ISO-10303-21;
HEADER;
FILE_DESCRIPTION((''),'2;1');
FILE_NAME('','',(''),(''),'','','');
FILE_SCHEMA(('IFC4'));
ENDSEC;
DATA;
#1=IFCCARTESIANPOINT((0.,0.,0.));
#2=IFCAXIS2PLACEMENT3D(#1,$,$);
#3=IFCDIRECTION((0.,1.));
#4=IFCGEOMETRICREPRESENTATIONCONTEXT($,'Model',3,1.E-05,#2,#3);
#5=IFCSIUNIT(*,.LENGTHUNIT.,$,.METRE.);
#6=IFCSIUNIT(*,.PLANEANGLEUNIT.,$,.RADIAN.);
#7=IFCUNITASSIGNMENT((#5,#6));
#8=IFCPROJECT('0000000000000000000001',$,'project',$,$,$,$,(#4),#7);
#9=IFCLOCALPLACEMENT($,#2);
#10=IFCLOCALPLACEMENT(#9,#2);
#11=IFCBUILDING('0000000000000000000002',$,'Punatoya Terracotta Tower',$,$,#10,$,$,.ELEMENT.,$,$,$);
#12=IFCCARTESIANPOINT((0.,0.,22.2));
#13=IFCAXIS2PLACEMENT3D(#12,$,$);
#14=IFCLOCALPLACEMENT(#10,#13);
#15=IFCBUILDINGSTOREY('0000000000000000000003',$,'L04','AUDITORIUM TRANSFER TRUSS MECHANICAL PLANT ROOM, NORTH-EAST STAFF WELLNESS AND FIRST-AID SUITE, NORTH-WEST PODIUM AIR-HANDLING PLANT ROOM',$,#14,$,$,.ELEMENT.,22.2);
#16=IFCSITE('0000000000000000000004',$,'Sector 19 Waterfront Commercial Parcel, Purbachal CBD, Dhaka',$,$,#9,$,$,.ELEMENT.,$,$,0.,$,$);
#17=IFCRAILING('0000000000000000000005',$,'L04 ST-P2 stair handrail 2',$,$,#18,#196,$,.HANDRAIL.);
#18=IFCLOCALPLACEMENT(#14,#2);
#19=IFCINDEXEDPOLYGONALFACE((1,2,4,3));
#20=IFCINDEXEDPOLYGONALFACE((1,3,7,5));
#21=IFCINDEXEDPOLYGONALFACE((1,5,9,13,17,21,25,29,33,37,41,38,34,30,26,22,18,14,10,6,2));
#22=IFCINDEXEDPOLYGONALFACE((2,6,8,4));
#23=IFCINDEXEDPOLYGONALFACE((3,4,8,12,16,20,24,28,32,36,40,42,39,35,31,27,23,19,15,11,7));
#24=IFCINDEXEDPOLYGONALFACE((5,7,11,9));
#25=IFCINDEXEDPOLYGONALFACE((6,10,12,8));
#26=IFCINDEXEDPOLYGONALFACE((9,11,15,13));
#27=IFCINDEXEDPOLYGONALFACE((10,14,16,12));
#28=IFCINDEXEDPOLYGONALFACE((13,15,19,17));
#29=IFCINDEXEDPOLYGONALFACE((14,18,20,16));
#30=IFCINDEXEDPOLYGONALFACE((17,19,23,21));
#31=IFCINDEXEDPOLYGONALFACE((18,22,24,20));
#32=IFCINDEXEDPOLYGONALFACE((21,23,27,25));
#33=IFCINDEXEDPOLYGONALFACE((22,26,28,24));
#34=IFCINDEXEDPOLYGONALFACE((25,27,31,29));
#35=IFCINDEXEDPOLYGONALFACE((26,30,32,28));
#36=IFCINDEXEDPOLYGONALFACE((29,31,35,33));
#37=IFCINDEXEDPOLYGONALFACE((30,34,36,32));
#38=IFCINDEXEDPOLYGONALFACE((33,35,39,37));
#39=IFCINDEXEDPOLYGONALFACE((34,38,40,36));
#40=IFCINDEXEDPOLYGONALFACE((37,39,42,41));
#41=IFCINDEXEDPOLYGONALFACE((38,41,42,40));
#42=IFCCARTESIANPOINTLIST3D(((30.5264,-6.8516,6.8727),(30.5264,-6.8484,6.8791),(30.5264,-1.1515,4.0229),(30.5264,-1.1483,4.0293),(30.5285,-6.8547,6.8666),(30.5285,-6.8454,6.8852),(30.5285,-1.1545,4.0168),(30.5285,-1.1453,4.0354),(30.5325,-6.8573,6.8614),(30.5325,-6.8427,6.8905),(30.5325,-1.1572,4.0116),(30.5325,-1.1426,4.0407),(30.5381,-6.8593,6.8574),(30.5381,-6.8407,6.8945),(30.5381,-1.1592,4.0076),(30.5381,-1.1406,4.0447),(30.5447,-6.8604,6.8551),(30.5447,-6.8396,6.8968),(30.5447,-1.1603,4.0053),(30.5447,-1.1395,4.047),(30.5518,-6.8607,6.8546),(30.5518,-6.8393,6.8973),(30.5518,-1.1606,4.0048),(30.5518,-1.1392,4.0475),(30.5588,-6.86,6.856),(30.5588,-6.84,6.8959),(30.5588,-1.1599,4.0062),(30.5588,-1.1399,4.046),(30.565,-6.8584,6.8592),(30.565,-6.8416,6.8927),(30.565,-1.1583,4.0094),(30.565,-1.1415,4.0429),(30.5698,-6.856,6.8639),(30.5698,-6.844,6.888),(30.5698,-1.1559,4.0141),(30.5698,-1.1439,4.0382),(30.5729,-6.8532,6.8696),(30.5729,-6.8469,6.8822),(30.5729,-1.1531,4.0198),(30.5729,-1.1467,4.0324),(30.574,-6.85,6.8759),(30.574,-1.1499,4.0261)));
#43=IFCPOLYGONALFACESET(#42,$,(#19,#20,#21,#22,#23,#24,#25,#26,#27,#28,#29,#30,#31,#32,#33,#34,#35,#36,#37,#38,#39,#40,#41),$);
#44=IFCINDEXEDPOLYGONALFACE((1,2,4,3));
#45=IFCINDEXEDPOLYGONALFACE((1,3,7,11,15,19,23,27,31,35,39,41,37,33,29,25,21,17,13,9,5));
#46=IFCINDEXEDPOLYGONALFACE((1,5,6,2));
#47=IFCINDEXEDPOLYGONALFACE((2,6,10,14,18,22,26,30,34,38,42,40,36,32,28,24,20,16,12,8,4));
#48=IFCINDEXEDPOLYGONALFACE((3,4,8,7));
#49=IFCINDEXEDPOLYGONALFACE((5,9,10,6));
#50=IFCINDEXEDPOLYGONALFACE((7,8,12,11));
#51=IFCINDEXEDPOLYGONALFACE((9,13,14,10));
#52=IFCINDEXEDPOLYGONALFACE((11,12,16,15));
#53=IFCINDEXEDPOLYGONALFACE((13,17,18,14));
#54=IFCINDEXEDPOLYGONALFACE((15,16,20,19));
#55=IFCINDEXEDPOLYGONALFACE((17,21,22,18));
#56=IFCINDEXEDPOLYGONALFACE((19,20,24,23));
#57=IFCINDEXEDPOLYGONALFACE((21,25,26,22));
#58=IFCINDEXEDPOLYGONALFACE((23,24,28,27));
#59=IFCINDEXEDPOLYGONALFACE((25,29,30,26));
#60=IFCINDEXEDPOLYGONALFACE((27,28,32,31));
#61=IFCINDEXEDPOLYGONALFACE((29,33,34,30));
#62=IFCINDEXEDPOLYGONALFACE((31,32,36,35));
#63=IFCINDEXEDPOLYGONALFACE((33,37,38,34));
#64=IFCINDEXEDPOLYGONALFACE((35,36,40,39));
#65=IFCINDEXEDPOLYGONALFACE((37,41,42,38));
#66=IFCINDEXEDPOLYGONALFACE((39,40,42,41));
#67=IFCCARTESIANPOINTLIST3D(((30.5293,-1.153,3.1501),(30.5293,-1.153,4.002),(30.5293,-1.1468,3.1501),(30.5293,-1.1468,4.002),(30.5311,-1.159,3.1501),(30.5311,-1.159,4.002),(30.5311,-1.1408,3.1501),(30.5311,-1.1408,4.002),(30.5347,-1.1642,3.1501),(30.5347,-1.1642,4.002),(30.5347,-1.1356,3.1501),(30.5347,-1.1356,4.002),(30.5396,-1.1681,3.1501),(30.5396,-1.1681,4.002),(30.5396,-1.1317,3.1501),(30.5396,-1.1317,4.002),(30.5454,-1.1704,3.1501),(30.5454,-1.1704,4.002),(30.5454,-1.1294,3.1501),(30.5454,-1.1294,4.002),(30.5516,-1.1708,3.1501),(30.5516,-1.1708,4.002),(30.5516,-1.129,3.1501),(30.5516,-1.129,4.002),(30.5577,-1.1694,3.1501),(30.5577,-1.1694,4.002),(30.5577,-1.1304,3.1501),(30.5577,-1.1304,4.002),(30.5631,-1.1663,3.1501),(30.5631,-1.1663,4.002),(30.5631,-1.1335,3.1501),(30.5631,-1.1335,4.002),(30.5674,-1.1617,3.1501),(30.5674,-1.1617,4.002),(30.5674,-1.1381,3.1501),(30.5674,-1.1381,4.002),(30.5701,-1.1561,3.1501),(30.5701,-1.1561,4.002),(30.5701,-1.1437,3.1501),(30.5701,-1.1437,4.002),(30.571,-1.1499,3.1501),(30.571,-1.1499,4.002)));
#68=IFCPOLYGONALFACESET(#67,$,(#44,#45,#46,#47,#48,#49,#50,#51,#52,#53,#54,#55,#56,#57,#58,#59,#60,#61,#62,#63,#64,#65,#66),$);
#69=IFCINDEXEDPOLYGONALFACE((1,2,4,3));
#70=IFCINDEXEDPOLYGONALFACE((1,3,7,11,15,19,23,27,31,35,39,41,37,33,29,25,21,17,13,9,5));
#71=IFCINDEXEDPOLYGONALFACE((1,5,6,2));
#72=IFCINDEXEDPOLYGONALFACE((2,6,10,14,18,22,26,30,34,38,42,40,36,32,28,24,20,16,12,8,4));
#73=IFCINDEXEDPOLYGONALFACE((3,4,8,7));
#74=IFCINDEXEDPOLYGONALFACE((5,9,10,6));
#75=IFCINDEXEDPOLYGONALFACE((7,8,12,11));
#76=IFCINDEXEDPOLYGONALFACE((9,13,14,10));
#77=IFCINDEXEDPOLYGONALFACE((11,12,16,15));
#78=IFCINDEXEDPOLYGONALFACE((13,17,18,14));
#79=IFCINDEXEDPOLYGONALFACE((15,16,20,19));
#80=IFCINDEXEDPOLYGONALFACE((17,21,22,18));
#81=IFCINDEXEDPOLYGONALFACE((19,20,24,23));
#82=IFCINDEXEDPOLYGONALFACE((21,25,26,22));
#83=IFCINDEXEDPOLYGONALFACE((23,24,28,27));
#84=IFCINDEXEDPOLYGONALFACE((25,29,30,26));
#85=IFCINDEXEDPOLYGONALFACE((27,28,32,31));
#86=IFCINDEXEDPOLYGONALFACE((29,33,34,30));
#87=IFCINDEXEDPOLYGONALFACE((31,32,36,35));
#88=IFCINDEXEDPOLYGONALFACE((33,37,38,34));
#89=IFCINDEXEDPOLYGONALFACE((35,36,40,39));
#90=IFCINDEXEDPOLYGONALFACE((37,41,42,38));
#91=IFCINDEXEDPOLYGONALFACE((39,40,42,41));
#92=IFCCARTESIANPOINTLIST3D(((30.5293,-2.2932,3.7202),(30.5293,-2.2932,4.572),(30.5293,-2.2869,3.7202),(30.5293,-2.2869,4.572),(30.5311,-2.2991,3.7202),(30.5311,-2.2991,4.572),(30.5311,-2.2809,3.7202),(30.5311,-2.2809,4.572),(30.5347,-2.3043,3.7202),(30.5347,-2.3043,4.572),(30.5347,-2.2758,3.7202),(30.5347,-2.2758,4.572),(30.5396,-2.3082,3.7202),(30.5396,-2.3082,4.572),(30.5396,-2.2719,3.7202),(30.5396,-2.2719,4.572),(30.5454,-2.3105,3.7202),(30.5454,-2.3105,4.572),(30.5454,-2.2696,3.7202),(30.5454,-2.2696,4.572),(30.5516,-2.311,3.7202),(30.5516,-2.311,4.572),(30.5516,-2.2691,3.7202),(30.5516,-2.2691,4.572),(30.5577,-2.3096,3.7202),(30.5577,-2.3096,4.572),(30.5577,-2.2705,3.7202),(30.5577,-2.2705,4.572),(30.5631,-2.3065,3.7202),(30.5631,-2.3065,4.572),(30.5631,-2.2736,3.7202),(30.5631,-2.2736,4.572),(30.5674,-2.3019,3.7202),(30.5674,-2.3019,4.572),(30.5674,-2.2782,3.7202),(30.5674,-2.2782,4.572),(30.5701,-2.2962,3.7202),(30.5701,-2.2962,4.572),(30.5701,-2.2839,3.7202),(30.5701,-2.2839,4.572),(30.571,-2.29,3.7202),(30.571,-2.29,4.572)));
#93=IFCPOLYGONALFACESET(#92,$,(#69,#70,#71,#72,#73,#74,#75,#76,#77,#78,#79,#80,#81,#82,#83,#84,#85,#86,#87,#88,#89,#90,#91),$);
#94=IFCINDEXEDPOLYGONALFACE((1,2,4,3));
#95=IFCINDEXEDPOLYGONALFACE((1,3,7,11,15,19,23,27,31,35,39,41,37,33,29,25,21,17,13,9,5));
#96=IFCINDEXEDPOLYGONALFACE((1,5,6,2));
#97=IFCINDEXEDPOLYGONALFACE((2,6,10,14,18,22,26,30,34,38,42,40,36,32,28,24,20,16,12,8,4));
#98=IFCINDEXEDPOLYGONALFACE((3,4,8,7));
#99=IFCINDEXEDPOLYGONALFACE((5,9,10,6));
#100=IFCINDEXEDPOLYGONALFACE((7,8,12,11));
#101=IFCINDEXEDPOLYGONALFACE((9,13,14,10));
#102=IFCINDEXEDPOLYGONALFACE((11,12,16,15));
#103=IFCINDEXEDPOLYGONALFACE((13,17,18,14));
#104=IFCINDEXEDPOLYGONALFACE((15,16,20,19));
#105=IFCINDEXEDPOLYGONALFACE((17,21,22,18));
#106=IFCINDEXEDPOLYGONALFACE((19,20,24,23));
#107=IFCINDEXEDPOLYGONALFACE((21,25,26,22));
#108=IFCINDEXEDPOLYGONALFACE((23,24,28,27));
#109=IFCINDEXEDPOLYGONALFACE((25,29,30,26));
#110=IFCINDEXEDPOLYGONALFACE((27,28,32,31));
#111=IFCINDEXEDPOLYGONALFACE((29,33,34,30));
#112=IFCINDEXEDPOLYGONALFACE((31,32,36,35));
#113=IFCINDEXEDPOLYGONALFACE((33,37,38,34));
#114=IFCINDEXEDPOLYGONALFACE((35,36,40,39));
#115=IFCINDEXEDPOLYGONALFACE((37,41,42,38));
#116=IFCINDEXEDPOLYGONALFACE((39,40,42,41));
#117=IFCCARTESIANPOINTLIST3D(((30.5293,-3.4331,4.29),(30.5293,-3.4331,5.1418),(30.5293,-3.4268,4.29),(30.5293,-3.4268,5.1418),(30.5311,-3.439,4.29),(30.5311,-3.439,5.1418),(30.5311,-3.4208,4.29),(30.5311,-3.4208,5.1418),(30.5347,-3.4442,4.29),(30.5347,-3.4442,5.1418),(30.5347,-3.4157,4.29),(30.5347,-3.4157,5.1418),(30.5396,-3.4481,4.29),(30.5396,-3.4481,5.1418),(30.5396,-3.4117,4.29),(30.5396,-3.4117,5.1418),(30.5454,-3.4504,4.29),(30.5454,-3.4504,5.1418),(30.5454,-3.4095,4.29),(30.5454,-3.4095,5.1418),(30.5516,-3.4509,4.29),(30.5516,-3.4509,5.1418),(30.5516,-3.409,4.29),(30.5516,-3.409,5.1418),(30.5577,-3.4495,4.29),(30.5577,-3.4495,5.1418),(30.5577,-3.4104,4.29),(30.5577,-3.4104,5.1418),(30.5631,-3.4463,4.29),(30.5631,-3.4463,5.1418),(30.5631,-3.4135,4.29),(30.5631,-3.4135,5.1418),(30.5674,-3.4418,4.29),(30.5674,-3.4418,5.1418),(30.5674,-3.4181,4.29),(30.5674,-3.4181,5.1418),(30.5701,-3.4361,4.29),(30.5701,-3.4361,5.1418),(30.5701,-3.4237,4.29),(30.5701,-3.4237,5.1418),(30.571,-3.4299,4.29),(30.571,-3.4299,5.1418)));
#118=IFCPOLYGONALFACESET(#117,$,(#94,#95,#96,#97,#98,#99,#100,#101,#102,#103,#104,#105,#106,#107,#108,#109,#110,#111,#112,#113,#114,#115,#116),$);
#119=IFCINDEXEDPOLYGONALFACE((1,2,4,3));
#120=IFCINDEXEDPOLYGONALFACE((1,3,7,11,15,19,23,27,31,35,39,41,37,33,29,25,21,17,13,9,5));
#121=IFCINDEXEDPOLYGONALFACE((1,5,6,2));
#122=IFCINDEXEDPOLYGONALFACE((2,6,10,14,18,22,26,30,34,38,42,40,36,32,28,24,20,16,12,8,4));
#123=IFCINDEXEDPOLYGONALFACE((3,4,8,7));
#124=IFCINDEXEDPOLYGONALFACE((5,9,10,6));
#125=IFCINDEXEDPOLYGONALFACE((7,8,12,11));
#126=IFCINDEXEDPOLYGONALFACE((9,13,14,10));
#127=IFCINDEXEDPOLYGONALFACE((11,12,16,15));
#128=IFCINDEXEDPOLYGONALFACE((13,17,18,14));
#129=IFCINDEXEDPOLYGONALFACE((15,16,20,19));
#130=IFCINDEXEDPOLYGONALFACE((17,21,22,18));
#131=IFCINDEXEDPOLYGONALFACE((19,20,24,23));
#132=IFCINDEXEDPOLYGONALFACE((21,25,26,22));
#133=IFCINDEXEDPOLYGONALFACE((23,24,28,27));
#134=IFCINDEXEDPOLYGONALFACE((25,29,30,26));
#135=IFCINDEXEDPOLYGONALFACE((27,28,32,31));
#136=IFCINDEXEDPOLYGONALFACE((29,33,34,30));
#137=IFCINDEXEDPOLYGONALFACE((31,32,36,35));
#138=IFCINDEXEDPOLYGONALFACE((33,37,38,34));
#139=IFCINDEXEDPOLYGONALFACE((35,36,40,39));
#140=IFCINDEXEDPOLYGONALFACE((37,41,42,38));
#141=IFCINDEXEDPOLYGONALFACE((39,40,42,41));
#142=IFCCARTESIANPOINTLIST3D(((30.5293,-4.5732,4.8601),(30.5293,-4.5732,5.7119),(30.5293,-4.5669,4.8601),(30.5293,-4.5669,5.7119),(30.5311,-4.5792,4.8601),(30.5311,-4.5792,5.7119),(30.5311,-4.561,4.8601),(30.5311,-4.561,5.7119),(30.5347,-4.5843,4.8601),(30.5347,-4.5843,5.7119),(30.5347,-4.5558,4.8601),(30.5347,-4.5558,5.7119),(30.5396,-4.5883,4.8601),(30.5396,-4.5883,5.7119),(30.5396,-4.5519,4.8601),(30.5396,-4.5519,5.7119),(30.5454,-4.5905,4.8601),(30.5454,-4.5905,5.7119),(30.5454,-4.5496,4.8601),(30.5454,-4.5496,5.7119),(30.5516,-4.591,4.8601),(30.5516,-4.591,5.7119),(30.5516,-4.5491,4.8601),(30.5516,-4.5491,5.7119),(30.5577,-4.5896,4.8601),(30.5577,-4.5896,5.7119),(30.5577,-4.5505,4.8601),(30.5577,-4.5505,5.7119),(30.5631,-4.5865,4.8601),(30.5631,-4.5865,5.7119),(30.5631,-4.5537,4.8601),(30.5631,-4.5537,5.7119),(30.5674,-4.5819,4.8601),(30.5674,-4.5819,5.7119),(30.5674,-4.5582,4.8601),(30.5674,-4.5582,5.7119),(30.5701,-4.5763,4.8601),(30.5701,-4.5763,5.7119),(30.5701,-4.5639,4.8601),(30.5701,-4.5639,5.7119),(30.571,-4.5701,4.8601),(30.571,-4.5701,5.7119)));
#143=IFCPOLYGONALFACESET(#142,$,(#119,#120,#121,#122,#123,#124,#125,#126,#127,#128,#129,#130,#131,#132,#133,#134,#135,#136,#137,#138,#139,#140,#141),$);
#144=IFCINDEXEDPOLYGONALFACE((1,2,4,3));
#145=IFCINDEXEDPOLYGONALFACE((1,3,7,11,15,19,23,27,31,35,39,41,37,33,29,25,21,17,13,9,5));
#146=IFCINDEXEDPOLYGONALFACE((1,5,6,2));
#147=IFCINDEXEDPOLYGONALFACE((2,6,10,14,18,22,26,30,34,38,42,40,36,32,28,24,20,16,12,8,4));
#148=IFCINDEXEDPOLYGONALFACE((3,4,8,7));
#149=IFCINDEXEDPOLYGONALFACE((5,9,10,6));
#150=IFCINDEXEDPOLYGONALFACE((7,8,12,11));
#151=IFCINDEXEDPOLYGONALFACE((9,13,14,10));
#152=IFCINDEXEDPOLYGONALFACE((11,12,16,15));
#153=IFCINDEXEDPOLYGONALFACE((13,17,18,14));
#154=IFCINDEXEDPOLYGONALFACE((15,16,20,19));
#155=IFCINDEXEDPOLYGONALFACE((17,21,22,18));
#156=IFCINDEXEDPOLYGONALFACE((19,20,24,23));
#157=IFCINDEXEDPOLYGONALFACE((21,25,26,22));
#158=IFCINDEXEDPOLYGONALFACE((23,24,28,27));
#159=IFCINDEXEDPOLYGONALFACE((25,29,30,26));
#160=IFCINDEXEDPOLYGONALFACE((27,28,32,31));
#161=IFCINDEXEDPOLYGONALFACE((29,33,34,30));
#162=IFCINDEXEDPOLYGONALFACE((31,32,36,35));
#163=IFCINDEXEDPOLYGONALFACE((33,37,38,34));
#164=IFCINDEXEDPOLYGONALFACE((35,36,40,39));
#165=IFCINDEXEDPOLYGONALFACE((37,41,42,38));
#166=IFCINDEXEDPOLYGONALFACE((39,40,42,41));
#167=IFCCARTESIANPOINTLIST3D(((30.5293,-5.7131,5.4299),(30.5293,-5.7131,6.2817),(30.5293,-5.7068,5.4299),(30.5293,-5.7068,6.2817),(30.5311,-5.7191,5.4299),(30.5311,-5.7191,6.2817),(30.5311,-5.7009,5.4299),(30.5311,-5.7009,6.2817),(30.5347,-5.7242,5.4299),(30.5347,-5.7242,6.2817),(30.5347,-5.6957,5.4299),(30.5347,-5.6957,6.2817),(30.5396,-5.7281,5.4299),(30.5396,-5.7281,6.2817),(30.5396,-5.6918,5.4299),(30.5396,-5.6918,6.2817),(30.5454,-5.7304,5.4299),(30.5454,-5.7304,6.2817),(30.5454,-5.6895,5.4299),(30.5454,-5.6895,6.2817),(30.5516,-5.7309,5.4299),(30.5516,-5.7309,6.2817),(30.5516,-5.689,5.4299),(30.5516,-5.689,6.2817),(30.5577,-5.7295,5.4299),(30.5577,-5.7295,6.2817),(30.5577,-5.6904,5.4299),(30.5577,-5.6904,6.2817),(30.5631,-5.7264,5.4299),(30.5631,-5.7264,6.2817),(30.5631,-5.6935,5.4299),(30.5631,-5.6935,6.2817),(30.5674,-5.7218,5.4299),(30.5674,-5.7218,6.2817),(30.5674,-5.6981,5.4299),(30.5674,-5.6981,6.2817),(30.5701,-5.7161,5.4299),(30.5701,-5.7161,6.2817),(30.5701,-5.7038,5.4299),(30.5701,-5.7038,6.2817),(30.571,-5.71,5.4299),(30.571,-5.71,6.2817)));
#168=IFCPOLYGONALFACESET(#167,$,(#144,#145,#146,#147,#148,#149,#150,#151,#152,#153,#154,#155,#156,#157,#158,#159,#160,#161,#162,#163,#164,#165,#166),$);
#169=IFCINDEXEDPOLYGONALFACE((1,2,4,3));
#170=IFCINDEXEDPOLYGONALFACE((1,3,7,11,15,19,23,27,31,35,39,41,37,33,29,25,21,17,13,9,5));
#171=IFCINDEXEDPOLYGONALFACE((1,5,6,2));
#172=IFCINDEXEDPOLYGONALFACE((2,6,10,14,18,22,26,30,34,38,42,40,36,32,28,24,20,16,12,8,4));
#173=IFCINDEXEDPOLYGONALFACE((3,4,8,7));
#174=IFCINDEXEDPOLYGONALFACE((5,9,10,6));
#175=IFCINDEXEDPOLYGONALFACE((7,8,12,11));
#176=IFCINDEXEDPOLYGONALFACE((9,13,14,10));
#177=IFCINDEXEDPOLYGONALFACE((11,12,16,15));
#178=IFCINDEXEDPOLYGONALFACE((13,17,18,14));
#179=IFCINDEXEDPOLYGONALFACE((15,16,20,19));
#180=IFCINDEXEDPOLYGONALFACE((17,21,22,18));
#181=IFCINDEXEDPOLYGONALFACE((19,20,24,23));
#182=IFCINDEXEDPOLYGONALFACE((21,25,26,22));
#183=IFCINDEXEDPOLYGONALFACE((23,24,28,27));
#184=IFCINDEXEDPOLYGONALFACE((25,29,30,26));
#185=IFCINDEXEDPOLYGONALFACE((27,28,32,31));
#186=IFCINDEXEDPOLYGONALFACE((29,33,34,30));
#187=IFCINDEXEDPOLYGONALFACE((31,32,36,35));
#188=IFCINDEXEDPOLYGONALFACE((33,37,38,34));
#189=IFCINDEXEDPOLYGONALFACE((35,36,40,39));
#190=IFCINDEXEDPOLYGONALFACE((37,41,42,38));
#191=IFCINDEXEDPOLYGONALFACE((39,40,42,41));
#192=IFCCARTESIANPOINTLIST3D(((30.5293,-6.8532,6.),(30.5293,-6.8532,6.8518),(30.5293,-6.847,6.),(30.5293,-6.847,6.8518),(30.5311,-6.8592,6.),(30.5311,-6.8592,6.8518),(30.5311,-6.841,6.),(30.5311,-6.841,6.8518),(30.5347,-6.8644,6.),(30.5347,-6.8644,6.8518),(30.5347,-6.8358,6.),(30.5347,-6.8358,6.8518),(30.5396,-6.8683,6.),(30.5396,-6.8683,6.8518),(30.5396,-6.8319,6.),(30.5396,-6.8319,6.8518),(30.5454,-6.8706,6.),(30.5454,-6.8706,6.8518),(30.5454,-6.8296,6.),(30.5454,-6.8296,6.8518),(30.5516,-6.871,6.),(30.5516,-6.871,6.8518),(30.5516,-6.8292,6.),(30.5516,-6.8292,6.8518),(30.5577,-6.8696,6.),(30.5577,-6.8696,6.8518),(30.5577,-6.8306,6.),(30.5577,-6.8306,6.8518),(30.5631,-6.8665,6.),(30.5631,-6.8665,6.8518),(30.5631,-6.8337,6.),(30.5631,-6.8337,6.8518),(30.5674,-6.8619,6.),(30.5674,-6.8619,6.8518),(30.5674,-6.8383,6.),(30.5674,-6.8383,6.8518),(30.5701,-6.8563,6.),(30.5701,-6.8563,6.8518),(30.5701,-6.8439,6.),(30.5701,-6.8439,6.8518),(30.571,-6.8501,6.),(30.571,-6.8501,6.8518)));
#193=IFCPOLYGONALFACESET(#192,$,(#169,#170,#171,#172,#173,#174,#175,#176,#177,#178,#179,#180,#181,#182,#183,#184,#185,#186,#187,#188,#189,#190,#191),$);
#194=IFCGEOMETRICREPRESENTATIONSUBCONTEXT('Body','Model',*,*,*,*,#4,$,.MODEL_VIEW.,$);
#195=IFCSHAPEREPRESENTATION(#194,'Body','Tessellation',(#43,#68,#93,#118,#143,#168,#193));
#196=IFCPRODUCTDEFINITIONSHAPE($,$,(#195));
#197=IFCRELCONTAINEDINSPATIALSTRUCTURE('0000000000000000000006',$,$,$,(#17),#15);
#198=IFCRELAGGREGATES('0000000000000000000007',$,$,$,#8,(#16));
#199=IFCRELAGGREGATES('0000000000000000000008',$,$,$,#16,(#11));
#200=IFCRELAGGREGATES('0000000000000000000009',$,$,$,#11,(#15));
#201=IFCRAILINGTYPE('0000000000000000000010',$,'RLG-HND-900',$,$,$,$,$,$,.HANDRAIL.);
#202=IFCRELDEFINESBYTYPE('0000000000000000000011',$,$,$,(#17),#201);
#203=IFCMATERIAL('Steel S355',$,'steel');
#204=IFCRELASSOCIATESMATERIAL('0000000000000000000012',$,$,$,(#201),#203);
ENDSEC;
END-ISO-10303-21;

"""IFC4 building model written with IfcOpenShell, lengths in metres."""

from ifc_helpers import new_model, si_unit, direction, frame, origin, origin_2d, place, context, subcontext, project, spatial, circle, extrude, material, type_object, element, save


model = new_model("IFC4")

# Units and contexts
model_context = context("Model", 3, precision=1e-05, world=origin(), true_north=direction((0.0, 1.0)))
body_context = subcontext(model_context, "Body", "Model", "MODEL_VIEW")
ifc_project = project(units=[si_unit("LENGTHUNIT", "METRE"), si_unit("PLANEANGLEUNIT", "RADIAN")], contexts=[model_context])

# Site, building, storey
site_placement = place(None, origin())
site = spatial("IfcSite", under=ifc_project, at=site_placement, Name="Sector 19 Waterfront Commercial Parcel, Purbachal CBD, Dhaka", CompositionType="ELEMENT", RefElevation=0.0)
building_placement = place(site_placement, origin())
building = spatial("IfcBuilding", under=site, at=building_placement, Name="Punatoya Terracotta Tower", CompositionType="ELEMENT")
storey_placement = place(building_placement, frame((0.0, 0.0, 22.2)))
storey = spatial("IfcBuildingStorey", under=building, at=storey_placement, Name="L04", Description="AUDITORIUM TRANSFER TRUSS MECHANICAL PLANT ROOM, NORTH-EAST STAFF WELLNESS AND FIRST-AID SUITE, NORTH-WEST PODIUM AIR-HANDLING PLANT ROOM", CompositionType="ELEMENT", Elevation=22.2)

# Shared definitions
ifc_material_1 = material(Name="Steel S355", Category="steel")

# Railing
railing_type_1 = type_object("IfcRailingType", Name="RLG-HND-900", PredefinedType="HANDRAIL", material=ifc_material_1)
railing_1_placement = place(storey_placement, frame((30.55, -1.1499, 3.1501)))
element("IfcRailing", 1, at=railing_1_placement, inside=storey, type_object=railing_type_1, Name="L04 ST-P2 stair handrail 2", PredefinedType="HANDRAIL", context=body_context, shape_type="SweptSolid", body=[
    extrude(circle(Radius=0.0239, at=origin_2d()), frame((0.0, 0.0, 0.876), z_axis=(0.0, -0.894443, 0.447183), x_axis=(1.0, 0.0, 0.0)), (0.0, 0.0, 1.0), 6.3728),
    extrude(circle(Radius=0.021, at=origin_2d()), origin(), (0.0, 0.0, 1.0), 0.8518),
    extrude(circle(Radius=0.021, at=origin_2d()), frame((0.0, -1.1401, 0.5701)), (0.0, 0.0, 1.0), 0.8518),
    extrude(circle(Radius=0.021, at=origin_2d()), frame((0.0, -2.28, 1.1399)), (0.0, 0.0, 1.0), 0.8518),
    extrude(circle(Radius=0.021, at=origin_2d()), frame((0.0, -3.4202, 1.71)), (0.0, 0.0, 1.0), 0.8518),
    extrude(circle(Radius=0.021, at=origin_2d()), frame((0.0, -4.5601, 2.2798)), (0.0, 0.0, 1.0), 0.8518),
    extrude(circle(Radius=0.021, at=origin_2d()), frame((0.0, -5.7002, 2.8499)), (0.0, 0.0, 1.0), 0.8518),
])

save(model, "model.ifc")
